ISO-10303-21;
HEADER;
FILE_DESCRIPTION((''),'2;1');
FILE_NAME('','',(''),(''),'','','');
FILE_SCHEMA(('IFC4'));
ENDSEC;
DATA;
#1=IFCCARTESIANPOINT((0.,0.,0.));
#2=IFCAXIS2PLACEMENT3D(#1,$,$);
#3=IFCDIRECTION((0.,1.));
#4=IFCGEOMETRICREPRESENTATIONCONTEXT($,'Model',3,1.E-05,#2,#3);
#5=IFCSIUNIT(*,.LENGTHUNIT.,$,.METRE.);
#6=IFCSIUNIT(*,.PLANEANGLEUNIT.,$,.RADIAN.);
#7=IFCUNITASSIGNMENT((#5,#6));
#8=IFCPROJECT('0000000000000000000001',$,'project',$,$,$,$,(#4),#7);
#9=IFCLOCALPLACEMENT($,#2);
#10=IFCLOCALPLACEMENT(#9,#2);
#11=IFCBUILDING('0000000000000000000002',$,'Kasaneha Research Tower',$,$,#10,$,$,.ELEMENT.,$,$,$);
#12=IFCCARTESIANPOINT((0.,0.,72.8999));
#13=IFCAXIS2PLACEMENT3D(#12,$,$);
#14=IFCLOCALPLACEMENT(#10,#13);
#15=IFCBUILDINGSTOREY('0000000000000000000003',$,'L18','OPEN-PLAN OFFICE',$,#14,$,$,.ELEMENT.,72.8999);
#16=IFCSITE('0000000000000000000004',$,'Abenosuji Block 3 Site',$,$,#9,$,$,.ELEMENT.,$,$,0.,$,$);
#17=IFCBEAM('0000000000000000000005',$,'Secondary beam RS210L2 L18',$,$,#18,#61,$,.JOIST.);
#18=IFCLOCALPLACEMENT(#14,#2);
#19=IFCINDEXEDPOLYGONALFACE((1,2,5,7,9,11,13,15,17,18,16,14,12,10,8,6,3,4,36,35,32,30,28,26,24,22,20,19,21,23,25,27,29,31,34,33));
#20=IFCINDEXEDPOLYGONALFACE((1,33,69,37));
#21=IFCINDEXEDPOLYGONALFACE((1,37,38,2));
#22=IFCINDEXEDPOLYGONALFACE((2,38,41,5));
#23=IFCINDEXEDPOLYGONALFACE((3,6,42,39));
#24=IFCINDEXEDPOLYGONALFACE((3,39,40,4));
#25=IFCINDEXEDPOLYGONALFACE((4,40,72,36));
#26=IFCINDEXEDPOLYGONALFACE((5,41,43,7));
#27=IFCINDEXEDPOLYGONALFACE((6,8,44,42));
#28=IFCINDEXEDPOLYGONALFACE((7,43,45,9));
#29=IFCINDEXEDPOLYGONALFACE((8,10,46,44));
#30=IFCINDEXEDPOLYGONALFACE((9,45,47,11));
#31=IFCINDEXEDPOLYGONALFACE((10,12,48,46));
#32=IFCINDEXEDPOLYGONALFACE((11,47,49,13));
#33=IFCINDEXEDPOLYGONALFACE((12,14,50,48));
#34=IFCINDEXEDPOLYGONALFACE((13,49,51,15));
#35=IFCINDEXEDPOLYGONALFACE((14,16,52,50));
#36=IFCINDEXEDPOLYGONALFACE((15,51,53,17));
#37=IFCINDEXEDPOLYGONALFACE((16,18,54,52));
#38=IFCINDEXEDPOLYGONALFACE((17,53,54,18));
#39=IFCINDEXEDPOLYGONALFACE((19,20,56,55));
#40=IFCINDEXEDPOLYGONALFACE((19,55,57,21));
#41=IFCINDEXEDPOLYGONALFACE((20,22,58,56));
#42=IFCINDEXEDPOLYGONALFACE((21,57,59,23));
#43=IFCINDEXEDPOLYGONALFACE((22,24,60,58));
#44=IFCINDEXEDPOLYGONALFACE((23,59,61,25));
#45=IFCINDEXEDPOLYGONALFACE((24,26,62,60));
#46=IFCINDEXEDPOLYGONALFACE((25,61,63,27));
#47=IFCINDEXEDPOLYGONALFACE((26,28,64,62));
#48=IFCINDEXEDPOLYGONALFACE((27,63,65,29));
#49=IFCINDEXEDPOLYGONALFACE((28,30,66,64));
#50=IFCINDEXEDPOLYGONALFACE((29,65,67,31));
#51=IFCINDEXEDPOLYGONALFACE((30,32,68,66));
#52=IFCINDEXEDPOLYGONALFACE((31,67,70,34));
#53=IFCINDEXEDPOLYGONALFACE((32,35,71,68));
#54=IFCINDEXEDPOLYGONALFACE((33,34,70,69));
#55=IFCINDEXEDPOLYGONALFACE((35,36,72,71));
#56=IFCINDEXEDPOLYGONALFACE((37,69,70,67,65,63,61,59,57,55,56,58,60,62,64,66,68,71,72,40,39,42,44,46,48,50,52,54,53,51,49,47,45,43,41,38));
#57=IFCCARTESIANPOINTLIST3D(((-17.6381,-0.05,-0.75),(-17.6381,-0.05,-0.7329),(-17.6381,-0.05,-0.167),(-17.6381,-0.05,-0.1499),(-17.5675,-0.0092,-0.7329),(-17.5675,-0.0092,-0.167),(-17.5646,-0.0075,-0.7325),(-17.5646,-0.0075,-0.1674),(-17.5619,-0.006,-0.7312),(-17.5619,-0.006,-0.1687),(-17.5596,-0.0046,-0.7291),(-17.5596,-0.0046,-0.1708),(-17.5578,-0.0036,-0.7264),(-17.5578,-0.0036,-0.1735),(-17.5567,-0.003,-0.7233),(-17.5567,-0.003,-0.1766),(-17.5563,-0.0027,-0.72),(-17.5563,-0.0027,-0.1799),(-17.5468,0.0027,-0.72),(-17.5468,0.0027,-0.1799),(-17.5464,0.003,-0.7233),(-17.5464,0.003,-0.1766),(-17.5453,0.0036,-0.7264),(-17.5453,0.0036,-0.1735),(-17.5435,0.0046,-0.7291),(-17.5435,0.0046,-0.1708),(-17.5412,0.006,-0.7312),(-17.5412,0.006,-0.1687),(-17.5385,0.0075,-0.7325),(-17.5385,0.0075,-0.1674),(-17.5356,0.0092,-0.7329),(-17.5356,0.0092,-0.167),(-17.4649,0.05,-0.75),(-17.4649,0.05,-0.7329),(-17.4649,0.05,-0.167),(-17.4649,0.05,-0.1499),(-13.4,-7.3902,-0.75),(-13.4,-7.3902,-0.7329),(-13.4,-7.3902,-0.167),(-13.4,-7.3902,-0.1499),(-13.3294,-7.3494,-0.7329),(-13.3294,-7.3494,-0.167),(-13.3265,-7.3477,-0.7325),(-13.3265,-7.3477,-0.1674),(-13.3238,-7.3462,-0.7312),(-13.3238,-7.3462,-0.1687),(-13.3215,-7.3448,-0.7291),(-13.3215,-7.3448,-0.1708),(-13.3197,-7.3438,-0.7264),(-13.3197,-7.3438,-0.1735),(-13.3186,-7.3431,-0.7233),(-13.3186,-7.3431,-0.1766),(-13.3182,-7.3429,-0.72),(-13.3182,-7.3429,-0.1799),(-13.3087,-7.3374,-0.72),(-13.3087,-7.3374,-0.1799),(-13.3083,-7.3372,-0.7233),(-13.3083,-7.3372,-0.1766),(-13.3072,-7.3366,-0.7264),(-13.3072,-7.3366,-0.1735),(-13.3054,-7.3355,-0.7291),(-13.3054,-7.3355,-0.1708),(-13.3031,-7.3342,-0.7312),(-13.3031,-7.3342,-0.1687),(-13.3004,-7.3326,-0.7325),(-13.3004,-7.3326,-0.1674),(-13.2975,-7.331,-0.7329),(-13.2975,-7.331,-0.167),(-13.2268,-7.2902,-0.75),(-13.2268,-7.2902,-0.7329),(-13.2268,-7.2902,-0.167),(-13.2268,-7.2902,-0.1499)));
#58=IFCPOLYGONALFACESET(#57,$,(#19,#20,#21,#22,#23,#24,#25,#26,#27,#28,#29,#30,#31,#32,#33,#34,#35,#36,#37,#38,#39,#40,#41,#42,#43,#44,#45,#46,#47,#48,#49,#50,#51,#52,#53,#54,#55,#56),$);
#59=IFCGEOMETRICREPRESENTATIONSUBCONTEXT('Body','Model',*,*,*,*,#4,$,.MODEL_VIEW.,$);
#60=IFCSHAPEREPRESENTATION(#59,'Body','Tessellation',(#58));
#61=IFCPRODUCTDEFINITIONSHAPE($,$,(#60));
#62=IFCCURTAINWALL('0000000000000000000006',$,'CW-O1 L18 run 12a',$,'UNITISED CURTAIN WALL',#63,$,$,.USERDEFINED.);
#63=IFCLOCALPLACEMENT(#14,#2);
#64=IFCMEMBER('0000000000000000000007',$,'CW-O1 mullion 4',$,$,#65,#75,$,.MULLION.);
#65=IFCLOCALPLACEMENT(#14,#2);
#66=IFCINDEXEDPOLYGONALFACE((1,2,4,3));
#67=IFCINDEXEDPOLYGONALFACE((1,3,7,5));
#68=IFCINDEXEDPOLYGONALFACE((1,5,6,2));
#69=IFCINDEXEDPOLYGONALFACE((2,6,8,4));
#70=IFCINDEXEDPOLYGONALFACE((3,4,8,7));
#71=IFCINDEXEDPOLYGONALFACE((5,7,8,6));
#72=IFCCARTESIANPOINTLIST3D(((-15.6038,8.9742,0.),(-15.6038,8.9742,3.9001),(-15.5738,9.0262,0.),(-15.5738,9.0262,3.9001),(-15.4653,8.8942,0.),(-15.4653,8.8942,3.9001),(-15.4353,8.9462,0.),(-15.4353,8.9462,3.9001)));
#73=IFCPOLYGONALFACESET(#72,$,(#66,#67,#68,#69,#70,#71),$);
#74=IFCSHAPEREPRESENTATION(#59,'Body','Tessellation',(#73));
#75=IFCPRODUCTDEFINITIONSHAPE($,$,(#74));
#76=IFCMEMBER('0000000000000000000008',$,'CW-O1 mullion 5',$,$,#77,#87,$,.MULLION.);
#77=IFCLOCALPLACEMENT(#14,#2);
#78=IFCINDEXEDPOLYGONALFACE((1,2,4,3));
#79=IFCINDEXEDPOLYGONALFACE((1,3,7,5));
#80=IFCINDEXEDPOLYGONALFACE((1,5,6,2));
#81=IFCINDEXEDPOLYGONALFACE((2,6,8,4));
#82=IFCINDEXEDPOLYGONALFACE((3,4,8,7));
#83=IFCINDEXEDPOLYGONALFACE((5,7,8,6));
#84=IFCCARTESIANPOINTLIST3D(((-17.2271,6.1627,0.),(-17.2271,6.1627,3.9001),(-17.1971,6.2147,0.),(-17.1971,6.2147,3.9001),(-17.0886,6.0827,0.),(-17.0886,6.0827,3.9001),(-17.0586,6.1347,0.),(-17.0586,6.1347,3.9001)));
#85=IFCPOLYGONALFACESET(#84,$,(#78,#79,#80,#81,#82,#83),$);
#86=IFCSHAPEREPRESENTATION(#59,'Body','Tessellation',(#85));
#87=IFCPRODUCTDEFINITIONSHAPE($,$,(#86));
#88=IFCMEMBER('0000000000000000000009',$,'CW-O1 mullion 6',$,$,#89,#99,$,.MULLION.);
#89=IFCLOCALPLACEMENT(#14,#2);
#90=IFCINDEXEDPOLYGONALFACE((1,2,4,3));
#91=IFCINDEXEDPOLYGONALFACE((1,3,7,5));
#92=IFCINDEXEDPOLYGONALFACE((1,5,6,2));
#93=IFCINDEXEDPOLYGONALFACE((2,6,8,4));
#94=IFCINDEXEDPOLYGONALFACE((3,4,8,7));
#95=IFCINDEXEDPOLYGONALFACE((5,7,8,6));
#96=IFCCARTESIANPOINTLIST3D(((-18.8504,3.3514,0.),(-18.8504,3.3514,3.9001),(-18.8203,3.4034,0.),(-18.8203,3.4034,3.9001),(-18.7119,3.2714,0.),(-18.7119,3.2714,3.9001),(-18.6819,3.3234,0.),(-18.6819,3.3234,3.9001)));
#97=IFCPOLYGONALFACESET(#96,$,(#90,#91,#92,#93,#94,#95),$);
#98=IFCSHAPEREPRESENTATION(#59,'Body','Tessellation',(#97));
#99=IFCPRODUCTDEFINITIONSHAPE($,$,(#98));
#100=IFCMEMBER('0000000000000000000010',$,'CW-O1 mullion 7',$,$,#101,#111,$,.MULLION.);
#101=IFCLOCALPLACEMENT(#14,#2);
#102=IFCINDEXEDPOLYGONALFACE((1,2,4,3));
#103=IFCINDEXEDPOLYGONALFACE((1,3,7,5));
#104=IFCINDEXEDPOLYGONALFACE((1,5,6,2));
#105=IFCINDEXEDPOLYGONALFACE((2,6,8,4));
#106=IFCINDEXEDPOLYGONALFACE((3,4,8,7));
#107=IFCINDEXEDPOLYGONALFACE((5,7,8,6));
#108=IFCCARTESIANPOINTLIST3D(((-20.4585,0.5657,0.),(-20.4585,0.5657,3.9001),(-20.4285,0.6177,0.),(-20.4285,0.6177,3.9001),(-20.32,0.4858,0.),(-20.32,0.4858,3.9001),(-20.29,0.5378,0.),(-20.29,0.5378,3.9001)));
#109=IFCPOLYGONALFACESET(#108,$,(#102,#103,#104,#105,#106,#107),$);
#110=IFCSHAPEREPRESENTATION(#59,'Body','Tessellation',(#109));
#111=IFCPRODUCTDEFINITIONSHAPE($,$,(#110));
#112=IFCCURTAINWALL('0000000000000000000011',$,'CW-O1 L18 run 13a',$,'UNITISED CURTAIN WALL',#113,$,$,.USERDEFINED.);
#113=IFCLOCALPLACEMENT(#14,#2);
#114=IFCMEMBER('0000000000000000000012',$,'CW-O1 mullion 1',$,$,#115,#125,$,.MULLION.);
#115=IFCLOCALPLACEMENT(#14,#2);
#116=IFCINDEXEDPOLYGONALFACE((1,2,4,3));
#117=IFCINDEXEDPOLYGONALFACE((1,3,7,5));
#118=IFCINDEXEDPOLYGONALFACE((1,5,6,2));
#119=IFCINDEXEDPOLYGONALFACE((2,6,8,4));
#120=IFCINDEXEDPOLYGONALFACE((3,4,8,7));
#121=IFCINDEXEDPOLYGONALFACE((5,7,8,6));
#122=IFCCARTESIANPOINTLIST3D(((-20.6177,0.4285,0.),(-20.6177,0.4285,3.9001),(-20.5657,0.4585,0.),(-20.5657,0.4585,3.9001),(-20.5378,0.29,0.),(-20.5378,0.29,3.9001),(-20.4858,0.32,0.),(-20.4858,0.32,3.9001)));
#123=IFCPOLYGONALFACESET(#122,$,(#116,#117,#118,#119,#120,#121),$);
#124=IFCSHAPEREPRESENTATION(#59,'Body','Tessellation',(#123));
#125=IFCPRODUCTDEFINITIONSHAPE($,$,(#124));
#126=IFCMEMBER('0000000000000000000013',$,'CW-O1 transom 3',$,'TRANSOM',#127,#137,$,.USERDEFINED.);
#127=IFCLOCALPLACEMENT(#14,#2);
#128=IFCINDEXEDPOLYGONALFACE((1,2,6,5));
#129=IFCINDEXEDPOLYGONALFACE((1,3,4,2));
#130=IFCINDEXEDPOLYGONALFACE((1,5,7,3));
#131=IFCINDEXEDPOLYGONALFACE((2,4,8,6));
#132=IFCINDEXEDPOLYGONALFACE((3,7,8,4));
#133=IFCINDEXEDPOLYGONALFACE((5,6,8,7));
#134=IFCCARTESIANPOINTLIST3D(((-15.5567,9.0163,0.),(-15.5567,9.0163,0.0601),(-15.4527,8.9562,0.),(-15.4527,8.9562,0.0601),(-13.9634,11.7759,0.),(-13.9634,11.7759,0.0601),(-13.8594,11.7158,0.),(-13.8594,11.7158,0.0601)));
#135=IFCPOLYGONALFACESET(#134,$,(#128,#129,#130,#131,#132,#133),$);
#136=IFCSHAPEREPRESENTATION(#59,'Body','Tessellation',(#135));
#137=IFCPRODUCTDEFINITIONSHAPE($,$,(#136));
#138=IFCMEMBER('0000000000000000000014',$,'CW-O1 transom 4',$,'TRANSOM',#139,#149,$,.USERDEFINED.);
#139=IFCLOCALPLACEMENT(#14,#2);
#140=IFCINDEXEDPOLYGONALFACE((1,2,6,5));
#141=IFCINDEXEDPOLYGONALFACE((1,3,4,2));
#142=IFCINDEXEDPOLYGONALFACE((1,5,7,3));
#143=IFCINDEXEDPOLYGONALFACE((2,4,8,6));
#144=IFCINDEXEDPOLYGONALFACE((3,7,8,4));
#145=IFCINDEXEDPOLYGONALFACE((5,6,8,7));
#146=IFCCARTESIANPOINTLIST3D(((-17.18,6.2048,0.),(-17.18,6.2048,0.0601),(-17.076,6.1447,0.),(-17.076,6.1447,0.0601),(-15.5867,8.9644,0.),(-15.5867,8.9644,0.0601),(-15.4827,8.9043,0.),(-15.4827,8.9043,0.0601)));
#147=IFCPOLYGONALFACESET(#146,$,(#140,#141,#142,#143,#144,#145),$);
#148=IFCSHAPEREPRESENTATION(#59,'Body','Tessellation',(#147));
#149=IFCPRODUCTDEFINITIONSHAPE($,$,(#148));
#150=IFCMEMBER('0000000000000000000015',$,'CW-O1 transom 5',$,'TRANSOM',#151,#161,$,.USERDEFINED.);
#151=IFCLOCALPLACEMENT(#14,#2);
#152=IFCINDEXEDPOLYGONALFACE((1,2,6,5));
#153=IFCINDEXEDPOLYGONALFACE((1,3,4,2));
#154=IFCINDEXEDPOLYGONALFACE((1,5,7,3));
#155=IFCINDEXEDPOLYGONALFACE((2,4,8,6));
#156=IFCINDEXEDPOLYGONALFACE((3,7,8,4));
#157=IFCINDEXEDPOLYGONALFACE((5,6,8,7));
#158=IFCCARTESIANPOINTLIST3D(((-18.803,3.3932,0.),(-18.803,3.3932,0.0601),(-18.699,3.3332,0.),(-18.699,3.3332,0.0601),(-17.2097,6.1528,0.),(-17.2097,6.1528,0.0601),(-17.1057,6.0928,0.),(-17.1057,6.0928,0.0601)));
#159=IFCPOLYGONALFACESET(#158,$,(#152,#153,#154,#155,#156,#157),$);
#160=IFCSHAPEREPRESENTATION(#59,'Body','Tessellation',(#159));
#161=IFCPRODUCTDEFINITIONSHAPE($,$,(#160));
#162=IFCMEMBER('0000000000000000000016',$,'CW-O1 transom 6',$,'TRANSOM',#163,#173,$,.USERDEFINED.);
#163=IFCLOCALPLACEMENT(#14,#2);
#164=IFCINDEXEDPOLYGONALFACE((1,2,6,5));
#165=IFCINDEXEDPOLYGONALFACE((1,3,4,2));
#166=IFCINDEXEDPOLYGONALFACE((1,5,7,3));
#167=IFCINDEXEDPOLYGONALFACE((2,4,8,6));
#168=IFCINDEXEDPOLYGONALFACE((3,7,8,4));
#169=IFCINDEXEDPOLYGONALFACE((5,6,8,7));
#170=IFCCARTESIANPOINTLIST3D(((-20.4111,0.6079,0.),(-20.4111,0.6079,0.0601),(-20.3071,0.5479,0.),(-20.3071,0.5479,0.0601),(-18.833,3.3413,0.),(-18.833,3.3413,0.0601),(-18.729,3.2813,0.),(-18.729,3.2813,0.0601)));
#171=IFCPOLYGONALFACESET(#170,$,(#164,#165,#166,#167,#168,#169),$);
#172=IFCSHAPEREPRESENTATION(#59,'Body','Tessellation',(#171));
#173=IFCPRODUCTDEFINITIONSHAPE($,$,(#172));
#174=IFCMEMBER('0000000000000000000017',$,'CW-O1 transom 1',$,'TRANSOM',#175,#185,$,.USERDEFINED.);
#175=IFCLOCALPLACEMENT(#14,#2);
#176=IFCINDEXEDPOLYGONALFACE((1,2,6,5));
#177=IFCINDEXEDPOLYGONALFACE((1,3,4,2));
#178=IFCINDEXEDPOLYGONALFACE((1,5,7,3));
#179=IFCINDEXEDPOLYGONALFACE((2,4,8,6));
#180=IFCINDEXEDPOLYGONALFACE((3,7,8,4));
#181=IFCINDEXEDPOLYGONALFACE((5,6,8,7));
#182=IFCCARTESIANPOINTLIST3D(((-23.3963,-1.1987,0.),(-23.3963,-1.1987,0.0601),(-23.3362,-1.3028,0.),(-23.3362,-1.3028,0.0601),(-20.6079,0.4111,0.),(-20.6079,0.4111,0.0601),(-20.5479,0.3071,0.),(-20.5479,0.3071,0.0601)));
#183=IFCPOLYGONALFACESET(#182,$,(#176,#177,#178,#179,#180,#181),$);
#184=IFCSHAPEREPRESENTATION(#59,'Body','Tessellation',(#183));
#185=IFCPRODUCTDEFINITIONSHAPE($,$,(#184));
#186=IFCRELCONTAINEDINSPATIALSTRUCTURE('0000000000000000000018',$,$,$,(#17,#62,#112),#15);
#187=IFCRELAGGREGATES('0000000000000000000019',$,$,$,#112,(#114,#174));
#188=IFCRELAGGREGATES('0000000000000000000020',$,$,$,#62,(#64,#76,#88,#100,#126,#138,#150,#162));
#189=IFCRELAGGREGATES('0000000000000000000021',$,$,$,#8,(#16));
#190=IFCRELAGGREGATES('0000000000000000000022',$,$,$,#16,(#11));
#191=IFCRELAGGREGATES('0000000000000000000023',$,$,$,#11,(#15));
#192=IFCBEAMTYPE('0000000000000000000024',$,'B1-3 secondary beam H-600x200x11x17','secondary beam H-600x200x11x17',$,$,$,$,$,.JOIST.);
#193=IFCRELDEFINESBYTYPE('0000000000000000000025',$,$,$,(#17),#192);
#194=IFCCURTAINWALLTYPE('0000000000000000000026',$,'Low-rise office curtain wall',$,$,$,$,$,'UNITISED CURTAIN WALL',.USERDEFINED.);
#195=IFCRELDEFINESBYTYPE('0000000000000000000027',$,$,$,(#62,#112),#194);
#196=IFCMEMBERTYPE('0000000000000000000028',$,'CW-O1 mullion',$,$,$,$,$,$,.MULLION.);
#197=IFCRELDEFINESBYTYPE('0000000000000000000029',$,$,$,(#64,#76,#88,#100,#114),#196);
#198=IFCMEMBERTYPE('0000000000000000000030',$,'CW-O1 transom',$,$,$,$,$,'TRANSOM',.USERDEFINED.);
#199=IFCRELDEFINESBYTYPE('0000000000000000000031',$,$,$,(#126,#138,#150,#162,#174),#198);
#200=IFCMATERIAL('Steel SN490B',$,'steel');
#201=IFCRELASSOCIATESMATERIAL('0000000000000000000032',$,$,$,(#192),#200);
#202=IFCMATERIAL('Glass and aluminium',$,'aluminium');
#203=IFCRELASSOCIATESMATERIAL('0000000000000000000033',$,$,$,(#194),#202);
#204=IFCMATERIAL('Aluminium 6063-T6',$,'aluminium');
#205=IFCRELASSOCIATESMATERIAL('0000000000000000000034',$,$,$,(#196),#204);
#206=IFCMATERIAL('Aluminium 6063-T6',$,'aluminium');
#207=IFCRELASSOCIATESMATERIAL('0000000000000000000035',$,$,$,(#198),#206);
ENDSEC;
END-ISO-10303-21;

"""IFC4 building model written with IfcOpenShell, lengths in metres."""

from ifc_helpers import new_model, si_unit, direction, frame, origin, origin_2d, place, context, subcontext, project, spatial, rectangle, i_section, extrude, material, material_profile, profile_set, type_object, element, aggregate, save


model = new_model("IFC4")

# Units and contexts
model_context = context("Model", 3, precision=1e-05, world=origin(), true_north=direction((0.0, 1.0)))
body_context = subcontext(model_context, "Body", "Model", "MODEL_VIEW")
ifc_project = project(units=[si_unit("LENGTHUNIT", "METRE"), si_unit("PLANEANGLEUNIT", "RADIAN")], contexts=[model_context])

# Site, building, storey
site_placement = place(None, origin())
site = spatial("IfcSite", under=ifc_project, at=site_placement, Name="Abenosuji Block 3 Site", CompositionType="ELEMENT", RefElevation=0.0)
building_placement = place(site_placement, origin())
building = spatial("IfcBuilding", under=site, at=building_placement, Name="Kasaneha Research Tower", CompositionType="ELEMENT")
storey_placement = place(building_placement, frame((0.0, 0.0, 72.8999)))
storey = spatial("IfcBuildingStorey", under=building, at=storey_placement, Name="L18", Description="OPEN-PLAN OFFICE", CompositionType="ELEMENT", Elevation=72.8999)

# Beam
ifc_material_1 = material(Name="Steel SN490B", Category="steel")
ifc_material_profile_1 = material_profile(ifc_material_1, i_section(OverallWidth=0.2, OverallDepth=0.6001, WebThickness=0.011, FlangeThickness=0.0171, FilletRadius=0.0129, at=origin_2d()), Name="H-600x200x11x17")
ifc_profile_set_1 = profile_set([ifc_material_profile_1], Name="Steel SN490B")
beam_type_1 = type_object("IfcBeamType", Name="B1-3 secondary beam H-600x200x11x17", Description="secondary beam H-600x200x11x17", PredefinedType="JOIST", material=ifc_profile_set_1)
beam_1_placement = place(storey_placement, frame((-17.5515, 0.0, -0.45), z_axis=(0.500021, -0.866013, 0.0), x_axis=(0.866013, 0.500021, 0.0)))
element("IfcBeam", 1, at=beam_1_placement, inside=storey, type_object=beam_type_1, Name="Secondary beam RS210L2 L18", PredefinedType="JOIST", context=body_context, shape_type="SweptSolid", body=[
    extrude(i_section(OverallWidth=0.2, OverallDepth=0.6001, WebThickness=0.011, FlangeThickness=0.0171, FilletRadius=0.0129, at=origin_2d()), origin(), (0.0, 0.0, 1.0), 8.4758),
])

# Curtain wall, members
ifc_material_2 = material(Name="Glass and aluminium", Category="aluminium")
curtain_wall_type = type_object("IfcCurtainWallType", Name="Low-rise office curtain wall", ElementType="UNITISED CURTAIN WALL", PredefinedType="USERDEFINED", material=ifc_material_2)
curtain_wall_1_placement = place(storey_placement, origin())
curtain_wall_1 = element("IfcCurtainWall", 2, at=curtain_wall_1_placement, inside=storey, type_object=curtain_wall_type, Name="CW-O1 L18 run 12a", ObjectType="UNITISED CURTAIN WALL", PredefinedType="USERDEFINED")
ifc_material_3 = material(Name="Aluminium 6063-T6", Category="aluminium")
ifc_material_profile_2 = material_profile(ifc_material_3, rectangle(XDim=0.0601, YDim=0.1599, at=origin_2d()), Name="CW-O1 mullion 60x160")
ifc_profile_set_2 = profile_set([ifc_material_profile_2], Name="Aluminium 6063-T6")
member_type_1 = type_object("IfcMemberType", Name="CW-O1 mullion", PredefinedType="MULLION", material=ifc_profile_set_2)
member_1_placement = place(storey_placement, frame((-15.5195, 8.9602, 0.0), z_axis=(0.0, 0.0, 1.0), x_axis=(-0.5, -0.866025, 0.0)))
member_1 = element("IfcMember", 3, at=member_1_placement, type_object=member_type_1, Name="CW-O1 mullion 4", PredefinedType="MULLION", context=body_context, shape_type="SweptSolid", body=[
    extrude(rectangle(XDim=0.0601, YDim=0.1599, at=origin_2d()), origin(), (0.0, 0.0, 1.0), 3.9001),
])
member_2_placement = place(storey_placement, frame((-17.1428, 6.1487, 0.0), z_axis=(0.0, 0.0, 1.0), x_axis=(-0.5, -0.866025, 0.0)))
member_2 = element("IfcMember", 4, at=member_2_placement, type_object=member_type_1, Name="CW-O1 mullion 5", PredefinedType="MULLION", context=body_context, shape_type="SweptSolid", body=[
    extrude(rectangle(XDim=0.0601, YDim=0.1599, at=origin_2d()), origin(), (0.0, 0.0, 1.0), 3.9001),
])
member_3_placement = place(storey_placement, frame((-18.7661, 3.3374, 0.0), z_axis=(0.0, 0.0, 1.0), x_axis=(-0.5, -0.866025, 0.0)))
member_3 = element("IfcMember", 5, at=member_3_placement, type_object=member_type_1, Name="CW-O1 mullion 6", PredefinedType="MULLION", context=body_context, shape_type="SweptSolid", body=[
    extrude(rectangle(XDim=0.0601, YDim=0.1599, at=origin_2d()), origin(), (0.0, 0.0, 1.0), 3.9001),
])
member_4_placement = place(storey_placement, frame((-20.3743, 0.5518, 0.0), z_axis=(0.0, 0.0, 1.0), x_axis=(-0.5, -0.866025, 0.0)))
member_4 = element("IfcMember", 6, at=member_4_placement, type_object=member_type_1, Name="CW-O1 mullion 7", PredefinedType="MULLION", context=body_context, shape_type="SweptSolid", body=[
    extrude(rectangle(XDim=0.0601, YDim=0.1599, at=origin_2d()), origin(), (0.0, 0.0, 1.0), 3.9001),
])

# Curtain wall, member
curtain_wall_2_placement = place(storey_placement, origin())
curtain_wall_2 = element("IfcCurtainWall", 7, at=curtain_wall_2_placement, inside=storey, type_object=curtain_wall_type, Name="CW-O1 L18 run 13a", ObjectType="UNITISED CURTAIN WALL", PredefinedType="USERDEFINED")
member_5_placement = place(storey_placement, frame((-20.5518, 0.3743, 0.0), z_axis=(0.0, 0.0, 1.0), x_axis=(-0.866025, -0.5, 0.0)))
member_5 = element("IfcMember", 8, at=member_5_placement, type_object=member_type_1, Name="CW-O1 mullion 1", PredefinedType="MULLION", context=body_context, shape_type="SweptSolid", body=[
    extrude(rectangle(XDim=0.0601, YDim=0.1599, at=origin_2d()), origin(), (0.0, 0.0, 1.0), 3.9001),
])

# Members
ifc_material_4 = material(Name="Aluminium 6063-T6", Category="aluminium")
ifc_material_profile_3 = material_profile(ifc_material_4, rectangle(XDim=0.1201, YDim=0.0601, at=origin_2d()), Name="CW-O1 transom 120x60")
ifc_profile_set_3 = profile_set([ifc_material_profile_3], Name="Aluminium 6063-T6")
member_type_2 = type_object("IfcMemberType", Name="CW-O1 transom", ElementType="TRANSOM", PredefinedType="USERDEFINED", material=ifc_profile_set_3)
member_6_placement = place(storey_placement, frame((-13.9114, 11.7458, 0.03), z_axis=(-0.500012, -0.866018, 0.0), x_axis=(0.866018, -0.500012, 0.0)))
member_6 = element("IfcMember", 9, at=member_6_placement, type_object=member_type_2, Name="CW-O1 transom 3", ObjectType="TRANSOM", PredefinedType="USERDEFINED", context=body_context, shape_type="SweptSolid", body=[
    extrude(rectangle(XDim=0.1201, YDim=0.0601, at=origin_2d()), origin(), (0.0, 0.0, 1.0), 3.1865),
])
member_7_placement = place(storey_placement, frame((-15.5347, 8.9343, 0.03), z_axis=(-0.500012, -0.866018, 0.0), x_axis=(0.866018, -0.500012, 0.0)))
member_7 = element("IfcMember", 10, at=member_7_placement, type_object=member_type_2, Name="CW-O1 transom 4", ObjectType="TRANSOM", PredefinedType="USERDEFINED", context=body_context, shape_type="SweptSolid", body=[
    extrude(rectangle(XDim=0.1201, YDim=0.0601, at=origin_2d()), origin(), (0.0, 0.0, 1.0), 3.1865),
])
member_8_placement = place(storey_placement, frame((-17.1577, 6.1228, 0.03), z_axis=(-0.500012, -0.866018, 0.0), x_axis=(0.866018, -0.500012, 0.0)))
member_8 = element("IfcMember", 11, at=member_8_placement, type_object=member_type_2, Name="CW-O1 transom 5", ObjectType="TRANSOM", PredefinedType="USERDEFINED", context=body_context, shape_type="SweptSolid", body=[
    extrude(rectangle(XDim=0.1201, YDim=0.0601, at=origin_2d()), origin(), (0.0, 0.0, 1.0), 3.1865),
])
member_9_placement = place(storey_placement, frame((-18.781, 3.3113, 0.03), z_axis=(-0.499999, -0.866026, 0.0), x_axis=(0.866026, -0.499999, 0.0)))
member_9 = element("IfcMember", 12, at=member_9_placement, type_object=member_type_2, Name="CW-O1 transom 6", ObjectType="TRANSOM", PredefinedType="USERDEFINED", context=body_context, shape_type="SweptSolid", body=[
    extrude(rectangle(XDim=0.1201, YDim=0.0601, at=origin_2d()), origin(), (0.0, 0.0, 1.0), 3.1562),
])
member_10_placement = place(storey_placement, frame((-20.5779, 0.3591, 0.03), z_axis=(-0.866023, -0.500005, 0.0), x_axis=(0.500005, -0.866023, 0.0)))
member_10 = element("IfcMember", 13, at=member_10_placement, type_object=member_type_2, Name="CW-O1 transom 1", ObjectType="TRANSOM", PredefinedType="USERDEFINED", context=body_context, shape_type="SweptSolid", body=[
    extrude(rectangle(XDim=0.1201, YDim=0.0601, at=origin_2d()), origin(), (0.0, 0.0, 1.0), 3.2197),
])
aggregate(curtain_wall_2, [member_5, member_10])

aggregate(curtain_wall_1, [member_1, member_2, member_3, member_4, member_6, member_7, member_8, member_9])

save(model, "model.ifc")
